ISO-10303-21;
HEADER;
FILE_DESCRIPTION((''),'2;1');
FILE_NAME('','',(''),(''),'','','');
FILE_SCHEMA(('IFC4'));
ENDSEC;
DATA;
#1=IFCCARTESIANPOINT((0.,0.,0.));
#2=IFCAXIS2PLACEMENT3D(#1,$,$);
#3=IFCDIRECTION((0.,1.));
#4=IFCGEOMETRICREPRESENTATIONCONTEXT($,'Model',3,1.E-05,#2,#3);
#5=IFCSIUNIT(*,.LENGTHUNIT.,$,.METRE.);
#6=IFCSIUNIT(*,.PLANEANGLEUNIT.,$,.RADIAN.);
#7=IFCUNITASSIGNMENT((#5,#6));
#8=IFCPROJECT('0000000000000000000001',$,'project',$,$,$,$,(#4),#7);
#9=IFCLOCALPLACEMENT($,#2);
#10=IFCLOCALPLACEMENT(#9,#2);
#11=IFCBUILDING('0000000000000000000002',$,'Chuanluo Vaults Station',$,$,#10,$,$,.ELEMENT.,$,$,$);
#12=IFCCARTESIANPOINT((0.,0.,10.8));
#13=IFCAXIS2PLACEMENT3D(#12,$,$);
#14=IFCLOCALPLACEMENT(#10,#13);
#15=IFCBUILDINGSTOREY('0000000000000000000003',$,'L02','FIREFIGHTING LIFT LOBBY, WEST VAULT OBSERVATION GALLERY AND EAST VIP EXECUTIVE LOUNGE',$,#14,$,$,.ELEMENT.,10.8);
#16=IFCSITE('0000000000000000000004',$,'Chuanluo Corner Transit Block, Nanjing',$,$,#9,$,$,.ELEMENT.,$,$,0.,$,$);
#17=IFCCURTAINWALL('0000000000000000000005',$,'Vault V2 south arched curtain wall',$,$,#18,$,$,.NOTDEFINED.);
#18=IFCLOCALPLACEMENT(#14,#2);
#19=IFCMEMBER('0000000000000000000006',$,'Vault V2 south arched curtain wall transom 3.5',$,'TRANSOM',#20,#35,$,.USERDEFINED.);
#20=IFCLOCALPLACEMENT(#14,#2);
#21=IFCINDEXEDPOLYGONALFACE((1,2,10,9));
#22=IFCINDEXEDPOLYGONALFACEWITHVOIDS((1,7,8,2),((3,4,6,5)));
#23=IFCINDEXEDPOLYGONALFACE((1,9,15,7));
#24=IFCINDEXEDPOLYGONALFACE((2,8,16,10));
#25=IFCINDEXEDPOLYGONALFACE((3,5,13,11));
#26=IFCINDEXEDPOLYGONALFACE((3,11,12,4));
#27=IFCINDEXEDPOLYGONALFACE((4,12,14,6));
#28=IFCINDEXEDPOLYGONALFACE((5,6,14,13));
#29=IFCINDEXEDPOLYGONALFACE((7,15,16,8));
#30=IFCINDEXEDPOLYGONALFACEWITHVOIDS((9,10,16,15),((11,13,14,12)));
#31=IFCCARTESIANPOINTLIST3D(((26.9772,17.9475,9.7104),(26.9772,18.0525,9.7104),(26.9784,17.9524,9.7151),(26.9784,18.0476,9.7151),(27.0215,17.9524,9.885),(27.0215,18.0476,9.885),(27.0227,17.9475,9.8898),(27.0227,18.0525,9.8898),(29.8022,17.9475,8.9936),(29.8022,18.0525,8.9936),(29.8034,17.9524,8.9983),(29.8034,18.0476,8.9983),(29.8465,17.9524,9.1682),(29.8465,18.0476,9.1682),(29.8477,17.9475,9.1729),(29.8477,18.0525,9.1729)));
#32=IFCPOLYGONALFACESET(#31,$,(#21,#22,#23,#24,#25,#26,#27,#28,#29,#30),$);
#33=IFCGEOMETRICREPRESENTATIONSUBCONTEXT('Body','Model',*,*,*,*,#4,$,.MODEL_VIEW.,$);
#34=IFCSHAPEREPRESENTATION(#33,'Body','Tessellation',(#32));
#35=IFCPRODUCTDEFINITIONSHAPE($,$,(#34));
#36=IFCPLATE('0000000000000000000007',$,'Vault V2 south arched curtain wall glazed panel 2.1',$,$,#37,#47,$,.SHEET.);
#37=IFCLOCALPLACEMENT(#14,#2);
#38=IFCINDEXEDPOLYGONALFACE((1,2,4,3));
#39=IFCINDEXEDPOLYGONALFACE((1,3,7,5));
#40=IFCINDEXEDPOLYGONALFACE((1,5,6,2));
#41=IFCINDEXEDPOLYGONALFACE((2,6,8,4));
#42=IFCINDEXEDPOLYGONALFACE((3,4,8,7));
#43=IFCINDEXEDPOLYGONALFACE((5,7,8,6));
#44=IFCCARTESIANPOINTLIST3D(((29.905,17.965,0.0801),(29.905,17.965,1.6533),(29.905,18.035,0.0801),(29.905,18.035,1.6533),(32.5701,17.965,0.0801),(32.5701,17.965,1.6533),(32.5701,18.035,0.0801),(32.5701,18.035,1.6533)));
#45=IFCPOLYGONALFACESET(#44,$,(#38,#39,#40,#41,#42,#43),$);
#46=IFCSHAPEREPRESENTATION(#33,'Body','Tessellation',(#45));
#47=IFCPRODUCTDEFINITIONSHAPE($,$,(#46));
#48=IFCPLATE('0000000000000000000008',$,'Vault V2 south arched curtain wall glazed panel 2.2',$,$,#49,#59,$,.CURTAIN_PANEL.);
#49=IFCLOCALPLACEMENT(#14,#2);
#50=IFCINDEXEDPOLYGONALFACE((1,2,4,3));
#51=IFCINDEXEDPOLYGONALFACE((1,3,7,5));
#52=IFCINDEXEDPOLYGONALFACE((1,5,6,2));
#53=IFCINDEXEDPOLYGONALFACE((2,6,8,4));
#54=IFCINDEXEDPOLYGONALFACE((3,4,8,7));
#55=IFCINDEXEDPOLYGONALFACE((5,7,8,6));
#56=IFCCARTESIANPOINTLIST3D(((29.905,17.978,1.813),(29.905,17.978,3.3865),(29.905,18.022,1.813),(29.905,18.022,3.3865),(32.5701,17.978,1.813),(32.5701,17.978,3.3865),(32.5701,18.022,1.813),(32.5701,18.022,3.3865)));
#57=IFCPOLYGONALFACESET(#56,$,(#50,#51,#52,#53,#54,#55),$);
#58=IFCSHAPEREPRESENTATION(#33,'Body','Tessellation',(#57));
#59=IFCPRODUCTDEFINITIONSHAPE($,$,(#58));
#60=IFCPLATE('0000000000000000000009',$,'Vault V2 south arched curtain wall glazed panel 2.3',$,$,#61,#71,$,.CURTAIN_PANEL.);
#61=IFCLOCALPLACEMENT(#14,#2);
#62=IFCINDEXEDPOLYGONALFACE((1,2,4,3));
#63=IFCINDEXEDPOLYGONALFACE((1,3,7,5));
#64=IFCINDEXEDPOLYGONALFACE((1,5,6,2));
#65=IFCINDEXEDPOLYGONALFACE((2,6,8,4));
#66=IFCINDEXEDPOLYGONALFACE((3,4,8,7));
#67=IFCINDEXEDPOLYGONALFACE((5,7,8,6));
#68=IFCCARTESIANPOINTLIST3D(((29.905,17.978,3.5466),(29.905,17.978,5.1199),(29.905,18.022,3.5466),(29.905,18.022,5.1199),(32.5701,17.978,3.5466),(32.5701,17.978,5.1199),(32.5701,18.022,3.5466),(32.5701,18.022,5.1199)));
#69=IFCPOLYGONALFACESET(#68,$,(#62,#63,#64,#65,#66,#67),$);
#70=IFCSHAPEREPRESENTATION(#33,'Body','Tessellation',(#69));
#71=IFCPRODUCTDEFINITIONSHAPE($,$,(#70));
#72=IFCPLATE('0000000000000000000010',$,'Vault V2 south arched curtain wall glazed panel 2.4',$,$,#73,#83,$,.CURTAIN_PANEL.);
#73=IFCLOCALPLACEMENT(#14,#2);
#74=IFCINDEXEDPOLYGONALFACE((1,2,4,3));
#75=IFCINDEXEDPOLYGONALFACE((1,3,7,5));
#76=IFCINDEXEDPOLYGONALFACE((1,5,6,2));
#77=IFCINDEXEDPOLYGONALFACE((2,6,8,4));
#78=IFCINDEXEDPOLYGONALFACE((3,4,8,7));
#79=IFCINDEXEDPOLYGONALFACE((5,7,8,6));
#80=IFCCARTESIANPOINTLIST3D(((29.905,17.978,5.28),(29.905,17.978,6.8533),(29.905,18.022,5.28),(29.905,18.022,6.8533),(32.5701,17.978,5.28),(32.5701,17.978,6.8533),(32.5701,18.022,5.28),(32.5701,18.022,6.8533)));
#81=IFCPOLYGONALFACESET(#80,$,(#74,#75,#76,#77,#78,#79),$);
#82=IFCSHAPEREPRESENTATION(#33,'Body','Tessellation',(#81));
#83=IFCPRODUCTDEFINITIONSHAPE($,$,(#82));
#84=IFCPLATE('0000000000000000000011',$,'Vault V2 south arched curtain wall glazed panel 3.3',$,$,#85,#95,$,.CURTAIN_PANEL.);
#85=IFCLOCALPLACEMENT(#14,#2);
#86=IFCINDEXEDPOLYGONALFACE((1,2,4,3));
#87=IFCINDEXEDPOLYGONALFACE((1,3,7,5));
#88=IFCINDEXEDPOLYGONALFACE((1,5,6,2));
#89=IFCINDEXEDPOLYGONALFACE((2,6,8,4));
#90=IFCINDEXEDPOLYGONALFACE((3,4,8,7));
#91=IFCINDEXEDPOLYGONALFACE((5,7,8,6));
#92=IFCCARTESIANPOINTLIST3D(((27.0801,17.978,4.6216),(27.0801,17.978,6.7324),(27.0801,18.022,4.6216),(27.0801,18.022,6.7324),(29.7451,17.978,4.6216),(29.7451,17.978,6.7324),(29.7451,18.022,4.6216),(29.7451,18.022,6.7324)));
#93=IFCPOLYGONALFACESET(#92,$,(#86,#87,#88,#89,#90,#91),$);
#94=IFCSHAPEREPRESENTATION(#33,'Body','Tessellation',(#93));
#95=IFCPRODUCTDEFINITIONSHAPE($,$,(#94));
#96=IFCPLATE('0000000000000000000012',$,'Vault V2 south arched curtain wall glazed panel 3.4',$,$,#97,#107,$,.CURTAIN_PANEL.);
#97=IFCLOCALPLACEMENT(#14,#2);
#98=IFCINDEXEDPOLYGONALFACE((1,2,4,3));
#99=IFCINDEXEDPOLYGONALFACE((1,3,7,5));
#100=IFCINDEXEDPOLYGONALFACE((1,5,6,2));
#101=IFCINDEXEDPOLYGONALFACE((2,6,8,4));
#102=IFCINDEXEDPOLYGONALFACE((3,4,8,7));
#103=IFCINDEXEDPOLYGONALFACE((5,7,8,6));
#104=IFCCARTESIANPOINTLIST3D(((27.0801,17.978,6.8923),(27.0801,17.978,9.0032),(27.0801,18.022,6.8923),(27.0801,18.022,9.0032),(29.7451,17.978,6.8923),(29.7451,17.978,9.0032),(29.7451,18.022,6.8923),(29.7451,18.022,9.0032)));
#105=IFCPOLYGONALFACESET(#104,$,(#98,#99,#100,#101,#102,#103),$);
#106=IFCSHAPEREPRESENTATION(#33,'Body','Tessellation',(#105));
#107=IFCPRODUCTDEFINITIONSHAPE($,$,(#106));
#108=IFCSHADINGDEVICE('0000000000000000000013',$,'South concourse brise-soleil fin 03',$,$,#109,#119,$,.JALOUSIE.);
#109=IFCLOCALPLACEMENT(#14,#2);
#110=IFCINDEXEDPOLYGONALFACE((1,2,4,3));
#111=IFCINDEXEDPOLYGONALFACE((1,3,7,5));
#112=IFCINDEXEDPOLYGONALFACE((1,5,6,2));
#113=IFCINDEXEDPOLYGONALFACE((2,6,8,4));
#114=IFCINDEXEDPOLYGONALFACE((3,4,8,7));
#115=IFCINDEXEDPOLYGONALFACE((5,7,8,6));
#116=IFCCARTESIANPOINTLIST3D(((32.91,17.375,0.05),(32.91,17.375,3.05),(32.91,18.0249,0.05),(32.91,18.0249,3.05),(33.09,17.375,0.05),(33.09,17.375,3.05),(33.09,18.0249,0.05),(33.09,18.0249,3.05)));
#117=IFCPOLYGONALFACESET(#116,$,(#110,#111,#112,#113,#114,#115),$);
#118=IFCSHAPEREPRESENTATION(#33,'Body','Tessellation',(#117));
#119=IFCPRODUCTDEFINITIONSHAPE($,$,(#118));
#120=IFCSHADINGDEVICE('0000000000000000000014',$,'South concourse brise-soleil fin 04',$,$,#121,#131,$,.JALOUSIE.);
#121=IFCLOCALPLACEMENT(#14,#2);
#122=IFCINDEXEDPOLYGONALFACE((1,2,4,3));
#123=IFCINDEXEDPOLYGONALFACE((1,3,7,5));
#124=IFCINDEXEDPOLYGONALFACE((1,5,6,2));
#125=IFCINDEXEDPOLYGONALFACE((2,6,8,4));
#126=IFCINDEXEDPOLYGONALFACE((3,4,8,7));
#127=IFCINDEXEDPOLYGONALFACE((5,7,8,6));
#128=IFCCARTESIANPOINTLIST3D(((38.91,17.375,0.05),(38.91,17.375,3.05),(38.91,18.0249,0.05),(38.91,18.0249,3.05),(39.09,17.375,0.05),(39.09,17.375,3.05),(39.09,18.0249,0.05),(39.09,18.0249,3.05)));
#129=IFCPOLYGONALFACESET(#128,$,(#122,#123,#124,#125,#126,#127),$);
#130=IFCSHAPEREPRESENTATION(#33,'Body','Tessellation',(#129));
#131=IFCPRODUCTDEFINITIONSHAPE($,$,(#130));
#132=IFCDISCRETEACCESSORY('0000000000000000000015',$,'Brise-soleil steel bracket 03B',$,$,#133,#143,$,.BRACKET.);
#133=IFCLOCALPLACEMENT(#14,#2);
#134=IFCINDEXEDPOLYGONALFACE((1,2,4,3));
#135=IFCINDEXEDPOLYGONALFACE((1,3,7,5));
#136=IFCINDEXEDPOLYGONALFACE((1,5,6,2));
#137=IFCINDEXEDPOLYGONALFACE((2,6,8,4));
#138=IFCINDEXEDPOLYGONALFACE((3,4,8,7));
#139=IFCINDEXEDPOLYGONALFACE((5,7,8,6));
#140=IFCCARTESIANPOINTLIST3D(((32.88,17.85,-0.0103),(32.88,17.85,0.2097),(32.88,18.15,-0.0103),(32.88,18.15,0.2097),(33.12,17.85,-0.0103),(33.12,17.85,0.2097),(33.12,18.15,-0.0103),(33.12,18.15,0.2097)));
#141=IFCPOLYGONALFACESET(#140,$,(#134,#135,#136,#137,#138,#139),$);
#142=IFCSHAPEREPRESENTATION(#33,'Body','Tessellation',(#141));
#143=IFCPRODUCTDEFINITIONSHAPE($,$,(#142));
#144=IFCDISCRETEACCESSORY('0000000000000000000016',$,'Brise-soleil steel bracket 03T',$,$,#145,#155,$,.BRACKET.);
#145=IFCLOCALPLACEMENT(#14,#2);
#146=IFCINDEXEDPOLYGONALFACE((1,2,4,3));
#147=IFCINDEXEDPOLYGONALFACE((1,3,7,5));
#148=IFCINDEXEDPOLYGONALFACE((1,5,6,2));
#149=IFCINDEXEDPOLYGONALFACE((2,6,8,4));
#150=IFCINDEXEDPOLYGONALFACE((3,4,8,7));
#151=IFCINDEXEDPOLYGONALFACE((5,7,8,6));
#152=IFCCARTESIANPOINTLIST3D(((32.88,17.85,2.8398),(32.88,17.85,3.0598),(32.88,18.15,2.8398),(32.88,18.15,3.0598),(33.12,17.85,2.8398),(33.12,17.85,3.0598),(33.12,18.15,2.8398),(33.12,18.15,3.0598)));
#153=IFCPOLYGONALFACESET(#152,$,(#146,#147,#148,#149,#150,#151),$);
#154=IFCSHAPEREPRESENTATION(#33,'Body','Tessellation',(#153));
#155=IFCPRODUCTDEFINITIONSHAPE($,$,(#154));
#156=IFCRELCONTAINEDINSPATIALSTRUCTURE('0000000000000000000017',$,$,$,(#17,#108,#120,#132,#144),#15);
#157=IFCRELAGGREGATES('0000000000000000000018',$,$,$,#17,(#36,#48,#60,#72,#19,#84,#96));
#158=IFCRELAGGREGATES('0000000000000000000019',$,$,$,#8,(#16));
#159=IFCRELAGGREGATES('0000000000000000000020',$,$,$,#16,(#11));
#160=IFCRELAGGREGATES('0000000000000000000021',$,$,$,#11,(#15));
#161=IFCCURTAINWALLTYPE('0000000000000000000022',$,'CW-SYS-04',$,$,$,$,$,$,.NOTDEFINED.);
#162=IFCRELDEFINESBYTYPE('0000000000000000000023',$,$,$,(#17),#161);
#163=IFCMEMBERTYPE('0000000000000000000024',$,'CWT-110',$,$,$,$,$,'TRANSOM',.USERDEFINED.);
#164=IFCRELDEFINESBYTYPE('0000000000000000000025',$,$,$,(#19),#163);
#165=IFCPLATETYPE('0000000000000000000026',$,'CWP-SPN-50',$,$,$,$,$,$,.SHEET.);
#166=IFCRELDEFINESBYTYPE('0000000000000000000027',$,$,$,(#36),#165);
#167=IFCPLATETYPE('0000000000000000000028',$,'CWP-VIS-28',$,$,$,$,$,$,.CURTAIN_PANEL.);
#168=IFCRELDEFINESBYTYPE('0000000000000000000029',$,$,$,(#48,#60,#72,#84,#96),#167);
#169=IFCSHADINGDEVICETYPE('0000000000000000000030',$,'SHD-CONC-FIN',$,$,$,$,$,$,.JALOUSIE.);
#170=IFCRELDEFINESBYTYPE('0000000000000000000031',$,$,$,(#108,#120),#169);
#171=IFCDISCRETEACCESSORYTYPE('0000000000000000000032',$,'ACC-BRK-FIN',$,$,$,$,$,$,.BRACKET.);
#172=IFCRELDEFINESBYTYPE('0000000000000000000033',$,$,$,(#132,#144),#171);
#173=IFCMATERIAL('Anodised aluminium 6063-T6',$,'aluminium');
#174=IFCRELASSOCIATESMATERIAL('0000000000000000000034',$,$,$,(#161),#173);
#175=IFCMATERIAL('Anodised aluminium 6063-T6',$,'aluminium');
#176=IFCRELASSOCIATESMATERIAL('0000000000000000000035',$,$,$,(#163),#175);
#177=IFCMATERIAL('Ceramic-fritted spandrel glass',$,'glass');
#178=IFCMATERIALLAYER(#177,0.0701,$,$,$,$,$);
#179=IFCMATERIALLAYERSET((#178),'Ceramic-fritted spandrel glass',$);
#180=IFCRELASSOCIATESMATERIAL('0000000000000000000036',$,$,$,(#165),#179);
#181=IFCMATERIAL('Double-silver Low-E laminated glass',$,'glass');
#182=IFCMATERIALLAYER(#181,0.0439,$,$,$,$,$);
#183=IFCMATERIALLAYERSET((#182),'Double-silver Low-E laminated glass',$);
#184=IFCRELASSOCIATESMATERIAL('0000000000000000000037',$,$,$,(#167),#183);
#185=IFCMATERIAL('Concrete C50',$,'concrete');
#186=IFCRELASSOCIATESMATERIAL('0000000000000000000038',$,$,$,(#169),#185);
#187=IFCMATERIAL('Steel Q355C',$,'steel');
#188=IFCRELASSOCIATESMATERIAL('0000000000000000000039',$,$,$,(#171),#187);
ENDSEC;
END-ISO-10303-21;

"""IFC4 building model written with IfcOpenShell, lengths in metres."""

from ifc_helpers import new_model, si_unit, direction, frame, origin, origin_2d, place, context, subcontext, project, spatial, rectangle, hollow_rectangle, extrude, material, layer, layer_set, material_profile, profile_set, type_object, element, aggregate, save


model = new_model("IFC4")

# Units and contexts
model_context = context("Model", 3, precision=1e-05, world=origin(), true_north=direction((0.0, 1.0)))
body_context = subcontext(model_context, "Body", "Model", "MODEL_VIEW")
ifc_project = project(units=[si_unit("LENGTHUNIT", "METRE"), si_unit("PLANEANGLEUNIT", "RADIAN")], contexts=[model_context])

# Site, building, storey
site_placement = place(None, origin())
site = spatial("IfcSite", under=ifc_project, at=site_placement, Name="Chuanluo Corner Transit Block, Nanjing", CompositionType="ELEMENT", RefElevation=0.0)
building_placement = place(site_placement, origin())
building = spatial("IfcBuilding", under=site, at=building_placement, Name="Chuanluo Vaults Station", CompositionType="ELEMENT")
storey_placement = place(building_placement, frame((0.0, 0.0, 10.8)))
storey = spatial("IfcBuildingStorey", under=building, at=storey_placement, Name="L02", Description="FIREFIGHTING LIFT LOBBY, WEST VAULT OBSERVATION GALLERY AND EAST VIP EXECUTIVE LOUNGE", CompositionType="ELEMENT", Elevation=10.8)

# Curtain wall, member, plates
ifc_material_1 = material(Name="Anodised aluminium 6063-T6", Category="aluminium")
curtain_wall_type = type_object("IfcCurtainWallType", Name="CW-SYS-04", PredefinedType="NOTDEFINED", material=ifc_material_1)
curtain_wall_placement = place(storey_placement, origin())
curtain_wall = element("IfcCurtainWall", 1, at=curtain_wall_placement, inside=storey, type_object=curtain_wall_type, Name="Vault V2 south arched curtain wall", PredefinedType="NOTDEFINED")
ifc_material_2 = material(Name="Anodised aluminium 6063-T6", Category="aluminium")
ifc_material_profile_1 = material_profile(ifc_material_2, hollow_rectangle(XDim=0.105, YDim=0.1851, WallThickness=0.0049, at=origin_2d()))
ifc_profile_set_1 = profile_set([ifc_material_profile_1], Name="Anodised aluminium 6063-T6")
member_type_1 = type_object("IfcMemberType", Name="CWT-110", ElementType="TRANSOM", PredefinedType="USERDEFINED", material=ifc_profile_set_1)
member_1_placement = place(storey_placement, frame((29.825, 18.0, 9.0833), z_axis=(-0.969284, 0.0, 0.245944), x_axis=(0.0, -1.0, 0.0)))
member_1 = element("IfcMember", 2, at=member_1_placement, type_object=member_type_1, Name="Vault V2 south arched curtain wall transom 3.5", ObjectType="TRANSOM", PredefinedType="USERDEFINED", context=body_context, shape_type="SweptSolid", body=[
    extrude(hollow_rectangle(XDim=0.105, YDim=0.1851, WallThickness=0.0049, at=origin_2d()), origin(), (0.0, 0.0, 1.0), 2.9146),
])
ifc_material_3 = material(Name="Ceramic-fritted spandrel glass", Category="glass")
ifc_layer_1 = layer(ifc_material_3, 0.0701)
ifc_layer_set_1 = layer_set([ifc_layer_1], Name="Ceramic-fritted spandrel glass")
plate_type_1 = type_object("IfcPlateType", Name="CWP-SPN-50", PredefinedType="SHEET", material=ifc_layer_set_1)
plate_1_placement = place(storey_placement, frame((31.2375, 18.0, 0.0801), z_axis=(0.0, 0.0, 1.0), x_axis=(-1.0, 0.0, 0.0)))
plate_1 = element("IfcPlate", 3, at=plate_1_placement, type_object=plate_type_1, Name="Vault V2 south arched curtain wall glazed panel 2.1", PredefinedType="SHEET", context=body_context, shape_type="SweptSolid", body=[
    extrude(rectangle(XDim=2.665, YDim=0.0701, at=origin_2d()), origin(), (0.0, 0.0, 1.0), 1.5732),
])
ifc_material_4 = material(Name="Double-silver Low-E laminated glass", Category="glass")
ifc_layer_2 = layer(ifc_material_4, 0.0439)
ifc_layer_set_2 = layer_set([ifc_layer_2], Name="Double-silver Low-E laminated glass")
plate_type_2 = type_object("IfcPlateType", Name="CWP-VIS-28", PredefinedType="CURTAIN_PANEL", material=ifc_layer_set_2)
plate_2_placement = place(storey_placement, frame((31.2375, 18.0, 1.813), z_axis=(0.0, 0.0, 1.0), x_axis=(-1.0, 0.0, 0.0)))
plate_2 = element("IfcPlate", 4, at=plate_2_placement, type_object=plate_type_2, Name="Vault V2 south arched curtain wall glazed panel 2.2", PredefinedType="CURTAIN_PANEL", context=body_context, shape_type="SweptSolid", body=[
    extrude(rectangle(XDim=2.665, YDim=0.0439, at=origin_2d()), origin(), (0.0, 0.0, 1.0), 1.5735),
])
plate_3_placement = place(storey_placement, frame((31.2375, 18.0, 3.5466), z_axis=(0.0, 0.0, 1.0), x_axis=(-1.0, 0.0, 0.0)))
plate_3 = element("IfcPlate", 5, at=plate_3_placement, type_object=plate_type_2, Name="Vault V2 south arched curtain wall glazed panel 2.3", PredefinedType="CURTAIN_PANEL", context=body_context, shape_type="SweptSolid", body=[
    extrude(rectangle(XDim=2.665, YDim=0.0439, at=origin_2d()), origin(), (0.0, 0.0, 1.0), 1.5732),
])
plate_4_placement = place(storey_placement, frame((31.2375, 18.0, 5.28), z_axis=(0.0, 0.0, 1.0), x_axis=(-1.0, 0.0, 0.0)))
plate_4 = element("IfcPlate", 6, at=plate_4_placement, type_object=plate_type_2, Name="Vault V2 south arched curtain wall glazed panel 2.4", PredefinedType="CURTAIN_PANEL", context=body_context, shape_type="SweptSolid", body=[
    extrude(rectangle(XDim=2.665, YDim=0.0439, at=origin_2d()), origin(), (0.0, 0.0, 1.0), 1.5732),
])
plate_5_placement = place(storey_placement, frame((28.4126, 18.0, 4.6216), z_axis=(0.0, 0.0, 1.0), x_axis=(-1.0, 0.0, 0.0)))
plate_5 = element("IfcPlate", 7, at=plate_5_placement, type_object=plate_type_2, Name="Vault V2 south arched curtain wall glazed panel 3.3", PredefinedType="CURTAIN_PANEL", context=body_context, shape_type="SweptSolid", body=[
    extrude(rectangle(XDim=2.665, YDim=0.0439, at=origin_2d()), origin(), (0.0, 0.0, 1.0), 2.1108),
])
plate_6_placement = place(storey_placement, frame((28.4126, 18.0, 6.8923), z_axis=(0.0, 0.0, 1.0), x_axis=(-1.0, 0.0, 0.0)))
plate_6 = element("IfcPlate", 8, at=plate_6_placement, type_object=plate_type_2, Name="Vault V2 south arched curtain wall glazed panel 3.4", PredefinedType="CURTAIN_PANEL", context=body_context, shape_type="SweptSolid", body=[
    extrude(rectangle(XDim=2.665, YDim=0.0439, at=origin_2d()), origin(), (0.0, 0.0, 1.0), 2.1108),
])
aggregate(curtain_wall, [plate_1, plate_2, plate_3, plate_4, member_1, plate_5, plate_6])

# Shading devices
ifc_material_5 = material(Name="Concrete C50", Category="concrete")
shading_device_type = type_object("IfcShadingDeviceType", Name="SHD-CONC-FIN", PredefinedType="JALOUSIE", material=ifc_material_5)
for number, where, z_axis, x_axis, name in (
    (9, (33.0, 17.7, 0.05), (0.0, 0.0, 1.0), (1.0, 0.0, 0.0), "South concourse brise-soleil fin 03"),
    (10, (39.0, 17.7, 0.05), (0.0, 0.0, 1.0), (1.0, 0.0, 0.0), "South concourse brise-soleil fin 04"),
):
    element("IfcShadingDevice", number, at=place(storey_placement, frame(where, z_axis=z_axis, x_axis=x_axis)), inside=storey, type_object=shading_device_type, Name=name, PredefinedType="JALOUSIE", context=body_context, shape_type="SweptSolid", body=[
        extrude(rectangle(XDim=0.1799, YDim=0.6499, at=origin_2d()), origin(), (0.0, 0.0, 1.0), 3.0),
    ])

# Discrete accessories
ifc_material_6 = material(Name="Steel Q355C", Category="steel")
discrete_accessory_type = type_object("IfcDiscreteAccessoryType", Name="ACC-BRK-FIN", PredefinedType="BRACKET", material=ifc_material_6)
for number, where, z_axis, x_axis, name in (
    (11, (33.0, 18.0, -0.0103), (0.0, 0.0, 1.0), (1.0, 0.0, 0.0), "Brise-soleil steel bracket 03B"),
    (12, (33.0, 18.0, 2.8398), (0.0, 0.0, 1.0), (1.0, 0.0, 0.0), "Brise-soleil steel bracket 03T"),
):
    element("IfcDiscreteAccessory", number, at=place(storey_placement, frame(where, z_axis=z_axis, x_axis=x_axis)), inside=storey, type_object=discrete_accessory_type, Name=name, PredefinedType="BRACKET", context=body_context, shape_type="SweptSolid", body=[
        extrude(rectangle(XDim=0.24, YDim=0.3, at=origin_2d()), origin(), (0.0, 0.0, 1.0), 0.22),
    ])

save(model, "model.ifc")
